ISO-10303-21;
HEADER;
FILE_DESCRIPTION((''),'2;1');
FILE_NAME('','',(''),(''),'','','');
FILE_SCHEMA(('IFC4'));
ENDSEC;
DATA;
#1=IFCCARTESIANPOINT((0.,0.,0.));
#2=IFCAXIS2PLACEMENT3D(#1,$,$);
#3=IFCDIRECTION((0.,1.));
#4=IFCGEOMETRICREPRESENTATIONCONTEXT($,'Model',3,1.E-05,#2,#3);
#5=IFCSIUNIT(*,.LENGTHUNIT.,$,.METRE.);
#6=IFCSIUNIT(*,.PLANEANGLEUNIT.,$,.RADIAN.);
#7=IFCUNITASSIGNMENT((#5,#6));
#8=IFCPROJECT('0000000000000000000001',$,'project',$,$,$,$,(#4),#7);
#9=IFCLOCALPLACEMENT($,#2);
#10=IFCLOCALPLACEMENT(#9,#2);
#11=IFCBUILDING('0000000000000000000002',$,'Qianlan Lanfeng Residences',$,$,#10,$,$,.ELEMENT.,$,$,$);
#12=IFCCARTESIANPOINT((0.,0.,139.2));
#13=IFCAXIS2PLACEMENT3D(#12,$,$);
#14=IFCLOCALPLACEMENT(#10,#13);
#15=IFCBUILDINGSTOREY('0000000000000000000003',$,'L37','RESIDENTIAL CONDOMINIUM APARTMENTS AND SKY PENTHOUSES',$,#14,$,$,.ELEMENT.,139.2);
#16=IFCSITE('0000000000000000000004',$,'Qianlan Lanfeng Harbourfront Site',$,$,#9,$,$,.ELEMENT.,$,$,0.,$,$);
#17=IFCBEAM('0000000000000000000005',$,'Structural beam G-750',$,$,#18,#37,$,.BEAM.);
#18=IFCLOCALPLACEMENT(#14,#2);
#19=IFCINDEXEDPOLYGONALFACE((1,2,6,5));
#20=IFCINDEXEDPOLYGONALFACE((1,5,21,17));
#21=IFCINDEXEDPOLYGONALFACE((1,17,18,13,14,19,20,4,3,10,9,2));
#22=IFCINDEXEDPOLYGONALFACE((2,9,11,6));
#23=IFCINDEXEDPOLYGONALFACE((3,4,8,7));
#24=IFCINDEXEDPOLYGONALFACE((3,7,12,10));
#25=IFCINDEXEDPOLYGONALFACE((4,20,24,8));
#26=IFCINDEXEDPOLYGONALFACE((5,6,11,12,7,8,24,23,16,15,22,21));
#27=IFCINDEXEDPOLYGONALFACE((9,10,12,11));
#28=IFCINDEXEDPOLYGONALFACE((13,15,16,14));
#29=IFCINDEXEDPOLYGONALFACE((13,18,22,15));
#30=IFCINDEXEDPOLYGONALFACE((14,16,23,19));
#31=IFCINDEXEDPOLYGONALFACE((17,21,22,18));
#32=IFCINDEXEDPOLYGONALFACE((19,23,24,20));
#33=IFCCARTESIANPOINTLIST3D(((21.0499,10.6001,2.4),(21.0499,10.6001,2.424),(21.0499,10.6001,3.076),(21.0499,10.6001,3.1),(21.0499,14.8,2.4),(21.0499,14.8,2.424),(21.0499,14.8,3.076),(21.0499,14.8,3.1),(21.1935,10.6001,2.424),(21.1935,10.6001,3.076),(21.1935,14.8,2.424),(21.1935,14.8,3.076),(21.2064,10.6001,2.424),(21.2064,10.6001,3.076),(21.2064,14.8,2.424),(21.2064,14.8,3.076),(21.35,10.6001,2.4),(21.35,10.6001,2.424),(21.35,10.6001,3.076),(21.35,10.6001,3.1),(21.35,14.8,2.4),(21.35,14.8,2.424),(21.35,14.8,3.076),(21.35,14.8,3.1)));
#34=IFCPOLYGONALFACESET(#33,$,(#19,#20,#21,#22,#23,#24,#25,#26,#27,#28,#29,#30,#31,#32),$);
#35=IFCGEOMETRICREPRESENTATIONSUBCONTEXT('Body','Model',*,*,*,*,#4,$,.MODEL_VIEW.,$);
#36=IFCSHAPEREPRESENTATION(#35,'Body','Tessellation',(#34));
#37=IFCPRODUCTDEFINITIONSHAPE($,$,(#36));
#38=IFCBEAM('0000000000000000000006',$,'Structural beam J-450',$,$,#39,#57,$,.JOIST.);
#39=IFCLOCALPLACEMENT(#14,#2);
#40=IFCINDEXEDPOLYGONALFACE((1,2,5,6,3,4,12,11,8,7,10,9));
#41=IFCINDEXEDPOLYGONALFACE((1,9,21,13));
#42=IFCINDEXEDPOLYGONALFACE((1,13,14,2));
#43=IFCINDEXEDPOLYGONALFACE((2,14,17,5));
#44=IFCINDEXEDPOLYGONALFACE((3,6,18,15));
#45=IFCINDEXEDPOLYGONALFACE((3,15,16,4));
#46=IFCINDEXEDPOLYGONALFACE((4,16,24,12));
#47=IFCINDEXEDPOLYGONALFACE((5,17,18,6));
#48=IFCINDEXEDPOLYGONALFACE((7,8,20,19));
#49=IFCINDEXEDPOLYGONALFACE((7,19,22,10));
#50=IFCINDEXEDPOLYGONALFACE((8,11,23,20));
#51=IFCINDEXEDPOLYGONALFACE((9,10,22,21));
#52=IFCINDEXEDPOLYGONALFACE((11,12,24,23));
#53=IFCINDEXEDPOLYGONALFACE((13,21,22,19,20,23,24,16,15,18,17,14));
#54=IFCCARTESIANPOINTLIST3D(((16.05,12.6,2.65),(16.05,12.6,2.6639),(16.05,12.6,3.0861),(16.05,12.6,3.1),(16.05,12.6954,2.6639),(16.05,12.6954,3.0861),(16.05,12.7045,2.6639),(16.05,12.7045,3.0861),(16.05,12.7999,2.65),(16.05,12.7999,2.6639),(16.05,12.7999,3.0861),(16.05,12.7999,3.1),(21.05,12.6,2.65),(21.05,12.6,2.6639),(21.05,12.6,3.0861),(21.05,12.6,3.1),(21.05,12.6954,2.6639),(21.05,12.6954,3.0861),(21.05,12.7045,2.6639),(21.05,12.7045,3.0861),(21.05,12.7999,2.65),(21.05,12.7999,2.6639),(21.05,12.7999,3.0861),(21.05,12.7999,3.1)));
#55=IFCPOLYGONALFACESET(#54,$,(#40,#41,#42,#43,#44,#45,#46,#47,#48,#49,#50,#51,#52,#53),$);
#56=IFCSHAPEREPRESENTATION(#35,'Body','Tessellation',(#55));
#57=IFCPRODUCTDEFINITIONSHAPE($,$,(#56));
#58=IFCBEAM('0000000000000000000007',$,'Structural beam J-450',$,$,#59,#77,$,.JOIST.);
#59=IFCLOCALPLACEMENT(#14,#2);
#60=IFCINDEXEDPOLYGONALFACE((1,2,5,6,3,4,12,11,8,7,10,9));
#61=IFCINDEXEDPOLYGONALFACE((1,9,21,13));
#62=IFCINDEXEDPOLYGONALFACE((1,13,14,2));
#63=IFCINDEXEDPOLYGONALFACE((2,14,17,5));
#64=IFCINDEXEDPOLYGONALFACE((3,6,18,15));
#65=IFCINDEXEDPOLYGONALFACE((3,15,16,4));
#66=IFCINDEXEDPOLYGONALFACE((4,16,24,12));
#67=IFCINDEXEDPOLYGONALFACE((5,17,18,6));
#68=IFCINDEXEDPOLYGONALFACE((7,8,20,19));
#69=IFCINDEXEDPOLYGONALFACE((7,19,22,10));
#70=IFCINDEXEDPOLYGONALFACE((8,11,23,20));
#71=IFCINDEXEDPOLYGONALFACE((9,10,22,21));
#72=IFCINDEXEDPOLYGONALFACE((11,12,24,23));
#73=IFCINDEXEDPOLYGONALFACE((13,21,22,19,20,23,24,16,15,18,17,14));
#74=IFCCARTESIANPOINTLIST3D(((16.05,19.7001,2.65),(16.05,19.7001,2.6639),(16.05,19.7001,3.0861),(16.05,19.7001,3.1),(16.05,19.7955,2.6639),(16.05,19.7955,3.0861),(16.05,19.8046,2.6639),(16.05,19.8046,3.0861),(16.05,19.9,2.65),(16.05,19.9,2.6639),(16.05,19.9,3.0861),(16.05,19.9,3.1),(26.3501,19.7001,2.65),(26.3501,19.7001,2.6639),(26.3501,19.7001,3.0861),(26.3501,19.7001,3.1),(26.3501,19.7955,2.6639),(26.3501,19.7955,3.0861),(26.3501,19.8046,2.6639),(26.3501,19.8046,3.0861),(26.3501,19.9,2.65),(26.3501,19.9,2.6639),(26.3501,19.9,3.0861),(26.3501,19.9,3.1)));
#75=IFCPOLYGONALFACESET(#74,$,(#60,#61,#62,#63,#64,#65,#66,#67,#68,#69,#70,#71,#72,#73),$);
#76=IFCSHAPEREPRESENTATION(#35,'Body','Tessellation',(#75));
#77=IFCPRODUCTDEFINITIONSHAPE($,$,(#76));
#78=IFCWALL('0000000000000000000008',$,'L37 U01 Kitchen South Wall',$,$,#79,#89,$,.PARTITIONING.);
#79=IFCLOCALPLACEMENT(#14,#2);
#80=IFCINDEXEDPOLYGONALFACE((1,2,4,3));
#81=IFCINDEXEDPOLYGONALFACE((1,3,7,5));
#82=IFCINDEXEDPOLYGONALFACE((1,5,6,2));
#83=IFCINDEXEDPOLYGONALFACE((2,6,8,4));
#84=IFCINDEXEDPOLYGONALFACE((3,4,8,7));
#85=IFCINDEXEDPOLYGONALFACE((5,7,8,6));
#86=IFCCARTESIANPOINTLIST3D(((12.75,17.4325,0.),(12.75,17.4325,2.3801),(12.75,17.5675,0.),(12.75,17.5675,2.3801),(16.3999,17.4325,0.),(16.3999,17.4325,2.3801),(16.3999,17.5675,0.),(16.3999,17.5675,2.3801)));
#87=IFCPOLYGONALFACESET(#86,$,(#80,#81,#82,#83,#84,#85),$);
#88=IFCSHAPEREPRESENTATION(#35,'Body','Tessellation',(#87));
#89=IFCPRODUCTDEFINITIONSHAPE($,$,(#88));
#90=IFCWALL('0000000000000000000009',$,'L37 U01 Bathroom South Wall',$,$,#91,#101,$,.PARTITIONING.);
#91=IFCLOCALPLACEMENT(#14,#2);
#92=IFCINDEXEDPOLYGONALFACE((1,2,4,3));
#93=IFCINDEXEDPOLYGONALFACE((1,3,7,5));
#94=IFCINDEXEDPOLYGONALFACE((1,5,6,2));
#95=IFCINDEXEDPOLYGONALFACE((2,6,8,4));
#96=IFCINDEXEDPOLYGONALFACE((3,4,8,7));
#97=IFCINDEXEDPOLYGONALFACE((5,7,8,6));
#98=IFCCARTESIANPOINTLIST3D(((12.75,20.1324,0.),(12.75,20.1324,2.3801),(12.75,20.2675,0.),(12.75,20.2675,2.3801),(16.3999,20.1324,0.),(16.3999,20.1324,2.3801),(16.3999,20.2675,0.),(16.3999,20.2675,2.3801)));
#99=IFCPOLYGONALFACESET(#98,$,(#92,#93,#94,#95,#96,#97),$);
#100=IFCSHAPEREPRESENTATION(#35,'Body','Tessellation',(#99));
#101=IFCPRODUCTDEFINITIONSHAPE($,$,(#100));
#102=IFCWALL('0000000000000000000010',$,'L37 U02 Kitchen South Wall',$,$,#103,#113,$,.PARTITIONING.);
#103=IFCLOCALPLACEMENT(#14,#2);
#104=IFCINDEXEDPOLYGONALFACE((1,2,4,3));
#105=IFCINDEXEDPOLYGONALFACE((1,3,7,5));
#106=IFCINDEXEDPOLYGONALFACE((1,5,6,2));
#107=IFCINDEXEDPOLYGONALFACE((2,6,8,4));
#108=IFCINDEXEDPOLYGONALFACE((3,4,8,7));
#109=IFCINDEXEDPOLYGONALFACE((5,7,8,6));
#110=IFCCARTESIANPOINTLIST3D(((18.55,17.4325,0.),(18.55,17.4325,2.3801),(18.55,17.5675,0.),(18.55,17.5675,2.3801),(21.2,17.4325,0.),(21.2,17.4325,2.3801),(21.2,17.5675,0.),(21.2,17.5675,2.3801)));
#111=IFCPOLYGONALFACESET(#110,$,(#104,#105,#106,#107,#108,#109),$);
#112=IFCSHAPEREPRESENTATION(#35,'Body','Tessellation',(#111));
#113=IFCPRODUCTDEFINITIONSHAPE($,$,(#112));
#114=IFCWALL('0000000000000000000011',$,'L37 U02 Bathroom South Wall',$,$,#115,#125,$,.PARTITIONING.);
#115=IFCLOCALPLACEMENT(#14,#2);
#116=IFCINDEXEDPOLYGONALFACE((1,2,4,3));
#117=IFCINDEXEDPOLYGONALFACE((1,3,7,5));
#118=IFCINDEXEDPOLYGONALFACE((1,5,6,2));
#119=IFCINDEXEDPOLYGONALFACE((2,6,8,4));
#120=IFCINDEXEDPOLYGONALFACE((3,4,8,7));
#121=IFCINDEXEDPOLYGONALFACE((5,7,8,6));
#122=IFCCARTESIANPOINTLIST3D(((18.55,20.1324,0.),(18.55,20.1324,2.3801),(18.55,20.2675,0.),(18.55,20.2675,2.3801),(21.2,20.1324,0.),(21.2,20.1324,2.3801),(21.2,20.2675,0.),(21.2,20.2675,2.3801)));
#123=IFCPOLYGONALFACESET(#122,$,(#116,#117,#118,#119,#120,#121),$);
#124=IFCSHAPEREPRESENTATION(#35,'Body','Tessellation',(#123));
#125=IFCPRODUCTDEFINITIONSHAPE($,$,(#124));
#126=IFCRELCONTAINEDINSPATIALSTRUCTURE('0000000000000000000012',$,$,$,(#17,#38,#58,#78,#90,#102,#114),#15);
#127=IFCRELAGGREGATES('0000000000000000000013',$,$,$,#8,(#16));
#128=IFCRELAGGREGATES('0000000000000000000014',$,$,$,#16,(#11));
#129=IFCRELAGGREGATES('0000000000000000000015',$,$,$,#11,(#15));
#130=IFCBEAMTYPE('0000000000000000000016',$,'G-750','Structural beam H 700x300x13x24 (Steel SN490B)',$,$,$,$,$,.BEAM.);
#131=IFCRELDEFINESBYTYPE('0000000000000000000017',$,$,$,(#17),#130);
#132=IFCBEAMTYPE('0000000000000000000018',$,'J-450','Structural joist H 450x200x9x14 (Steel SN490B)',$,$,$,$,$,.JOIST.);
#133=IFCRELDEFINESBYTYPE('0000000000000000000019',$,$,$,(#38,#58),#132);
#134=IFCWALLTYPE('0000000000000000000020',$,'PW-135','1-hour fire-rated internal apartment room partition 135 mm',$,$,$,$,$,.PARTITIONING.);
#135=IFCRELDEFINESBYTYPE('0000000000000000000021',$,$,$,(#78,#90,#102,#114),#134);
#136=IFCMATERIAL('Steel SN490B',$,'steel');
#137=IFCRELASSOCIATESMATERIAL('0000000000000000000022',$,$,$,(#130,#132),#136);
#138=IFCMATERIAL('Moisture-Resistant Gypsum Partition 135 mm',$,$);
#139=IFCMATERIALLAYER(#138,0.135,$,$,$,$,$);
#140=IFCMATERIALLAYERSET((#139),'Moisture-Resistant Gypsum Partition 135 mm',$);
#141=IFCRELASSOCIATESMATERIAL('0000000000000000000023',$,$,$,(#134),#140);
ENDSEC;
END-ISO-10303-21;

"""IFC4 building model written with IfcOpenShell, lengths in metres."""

from ifc_helpers import new_model, si_unit, direction, frame, frame_2d, origin, origin_2d, place, context, subcontext, project, spatial, rectangle, i_section, extrude, material, layer, layer_set, material_profile, profile_set, type_object, element, save


model = new_model("IFC4")

# Units and contexts
model_context = context("Model", 3, precision=1e-05, world=origin(), true_north=direction((0.0, 1.0)))
body_context = subcontext(model_context, "Body", "Model", "MODEL_VIEW")
ifc_project = project(units=[si_unit("LENGTHUNIT", "METRE"), si_unit("PLANEANGLEUNIT", "RADIAN")], contexts=[model_context])

# Site, building, storey
site_placement = place(None, origin())
site = spatial("IfcSite", under=ifc_project, at=site_placement, Name="Qianlan Lanfeng Harbourfront Site", CompositionType="ELEMENT", RefElevation=0.0)
building_placement = place(site_placement, origin())
building = spatial("IfcBuilding", under=site, at=building_placement, Name="Qianlan Lanfeng Residences", CompositionType="ELEMENT")
storey_placement = place(building_placement, frame((0.0, 0.0, 139.2)))
storey = spatial("IfcBuildingStorey", under=building, at=storey_placement, Name="L37", Description="RESIDENTIAL CONDOMINIUM APARTMENTS AND SKY PENTHOUSES", CompositionType="ELEMENT", Elevation=139.2)

# Shared definitions
ifc_material_1 = material(Name="Steel SN490B", Category="steel")

# Beams
ifc_material_profile_1 = material_profile(ifc_material_1, i_section(OverallWidth=0.3, OverallDepth=0.7, WebThickness=0.0129, FlangeThickness=0.0239, at=origin_2d()), Name="H 700x300x13x24")
ifc_profile_set_1 = profile_set([ifc_material_profile_1], Name="Steel SN490B")
beam_type_1 = type_object("IfcBeamType", Name="G-750", Description="Structural beam H 700x300x13x24 (Steel SN490B)", PredefinedType="BEAM", material=ifc_profile_set_1)
beam_1_placement = place(storey_placement, frame((21.2, 10.6001, 2.75), z_axis=(0.0, 1.0, 0.0), x_axis=(-1.0, 0.0, 0.0)))
element("IfcBeam", 1, at=beam_1_placement, inside=storey, type_object=beam_type_1, Name="Structural beam G-750", PredefinedType="BEAM", context=body_context, shape_type="SweptSolid", body=[
    extrude(i_section(OverallWidth=0.3, OverallDepth=0.7, WebThickness=0.0129, FlangeThickness=0.0239, at=origin_2d()), origin(), (0.0, 0.0, 1.0), 4.2),
])
ifc_material_profile_2 = material_profile(ifc_material_1, i_section(OverallWidth=0.2, OverallDepth=0.45, WebThickness=0.009, FlangeThickness=0.0139, at=origin_2d()), Name="H 450x200x9x14")
ifc_profile_set_2 = profile_set([ifc_material_profile_2], Name="Steel SN490B")
beam_type_2 = type_object("IfcBeamType", Name="J-450", Description="Structural joist H 450x200x9x14 (Steel SN490B)", PredefinedType="JOIST", material=ifc_profile_set_2)
beam_2_placement = place(storey_placement, frame((16.05, 12.7, 2.875), z_axis=(1.0, 0.0, 0.0), x_axis=(0.0, 1.0, 0.0)))
element("IfcBeam", 2, at=beam_2_placement, inside=storey, type_object=beam_type_2, Name="Structural beam J-450", PredefinedType="JOIST", context=body_context, shape_type="SweptSolid", body=[
    extrude(i_section(OverallWidth=0.2, OverallDepth=0.45, WebThickness=0.009, FlangeThickness=0.0139, at=origin_2d()), origin(), (0.0, 0.0, 1.0), 5.0),
])
beam_3_placement = place(storey_placement, frame((16.05, 19.8, 2.875), z_axis=(1.0, 0.0, 0.0), x_axis=(0.0, 1.0, 0.0)))
element("IfcBeam", 3, at=beam_3_placement, inside=storey, type_object=beam_type_2, Name="Structural beam J-450", PredefinedType="JOIST", context=body_context, shape_type="SweptSolid", body=[
    extrude(i_section(OverallWidth=0.2, OverallDepth=0.45, WebThickness=0.009, FlangeThickness=0.0139, at=origin_2d()), origin(), (0.0, 0.0, 1.0), 10.3),
])

# Shared definitions
ifc_material_2 = material(Name="Moisture-Resistant Gypsum Partition 135 mm")
ifc_layer = layer(ifc_material_2, 0.135)
ifc_layer_set = layer_set([ifc_layer], Name="Moisture-Resistant Gypsum Partition 135 mm")
wall_type = type_object("IfcWallType", Name="PW-135", Description="1-hour fire-rated internal apartment room partition 135 mm", PredefinedType="PARTITIONING", material=ifc_layer_set)

# Walls
for number, where, z_axis, x_axis, name in (
    (4, (12.75, 17.5, 0.0), (0.0, 0.0, 1.0), (1.0, 0.0, 0.0), "L37 U01 Kitchen South Wall"),
    (5, (12.75, 20.2, 0.0), (0.0, 0.0, 1.0), (1.0, 0.0, 0.0), "L37 U01 Bathroom South Wall"),
):
    element("IfcWall", number, at=place(storey_placement, frame(where, z_axis=z_axis, x_axis=x_axis)), inside=storey, type_object=wall_type, Name=name, PredefinedType="PARTITIONING", context=body_context, shape_type="SweptSolid", body=[
        extrude(rectangle(XDim=3.6499, YDim=0.135, at=frame_2d((1.825, 0.0))), origin(), (0.0, 0.0, 1.0), 2.3801),
    ])

# Walls
for number, where, z_axis, x_axis, name in (
    (6, (18.55, 17.5, 0.0), (0.0, 0.0, 1.0), (1.0, 0.0, 0.0), "L37 U02 Kitchen South Wall"),
    (7, (18.55, 20.2, 0.0), (0.0, 0.0, 1.0), (1.0, 0.0, 0.0), "L37 U02 Bathroom South Wall"),
):
    element("IfcWall", number, at=place(storey_placement, frame(where, z_axis=z_axis, x_axis=x_axis)), inside=storey, type_object=wall_type, Name=name, PredefinedType="PARTITIONING", context=body_context, shape_type="SweptSolid", body=[
        extrude(rectangle(XDim=2.6499, YDim=0.135, at=frame_2d((1.325, 0.0))), origin(), (0.0, 0.0, 1.0), 2.3801),
    ])

save(model, "model.ifc")
